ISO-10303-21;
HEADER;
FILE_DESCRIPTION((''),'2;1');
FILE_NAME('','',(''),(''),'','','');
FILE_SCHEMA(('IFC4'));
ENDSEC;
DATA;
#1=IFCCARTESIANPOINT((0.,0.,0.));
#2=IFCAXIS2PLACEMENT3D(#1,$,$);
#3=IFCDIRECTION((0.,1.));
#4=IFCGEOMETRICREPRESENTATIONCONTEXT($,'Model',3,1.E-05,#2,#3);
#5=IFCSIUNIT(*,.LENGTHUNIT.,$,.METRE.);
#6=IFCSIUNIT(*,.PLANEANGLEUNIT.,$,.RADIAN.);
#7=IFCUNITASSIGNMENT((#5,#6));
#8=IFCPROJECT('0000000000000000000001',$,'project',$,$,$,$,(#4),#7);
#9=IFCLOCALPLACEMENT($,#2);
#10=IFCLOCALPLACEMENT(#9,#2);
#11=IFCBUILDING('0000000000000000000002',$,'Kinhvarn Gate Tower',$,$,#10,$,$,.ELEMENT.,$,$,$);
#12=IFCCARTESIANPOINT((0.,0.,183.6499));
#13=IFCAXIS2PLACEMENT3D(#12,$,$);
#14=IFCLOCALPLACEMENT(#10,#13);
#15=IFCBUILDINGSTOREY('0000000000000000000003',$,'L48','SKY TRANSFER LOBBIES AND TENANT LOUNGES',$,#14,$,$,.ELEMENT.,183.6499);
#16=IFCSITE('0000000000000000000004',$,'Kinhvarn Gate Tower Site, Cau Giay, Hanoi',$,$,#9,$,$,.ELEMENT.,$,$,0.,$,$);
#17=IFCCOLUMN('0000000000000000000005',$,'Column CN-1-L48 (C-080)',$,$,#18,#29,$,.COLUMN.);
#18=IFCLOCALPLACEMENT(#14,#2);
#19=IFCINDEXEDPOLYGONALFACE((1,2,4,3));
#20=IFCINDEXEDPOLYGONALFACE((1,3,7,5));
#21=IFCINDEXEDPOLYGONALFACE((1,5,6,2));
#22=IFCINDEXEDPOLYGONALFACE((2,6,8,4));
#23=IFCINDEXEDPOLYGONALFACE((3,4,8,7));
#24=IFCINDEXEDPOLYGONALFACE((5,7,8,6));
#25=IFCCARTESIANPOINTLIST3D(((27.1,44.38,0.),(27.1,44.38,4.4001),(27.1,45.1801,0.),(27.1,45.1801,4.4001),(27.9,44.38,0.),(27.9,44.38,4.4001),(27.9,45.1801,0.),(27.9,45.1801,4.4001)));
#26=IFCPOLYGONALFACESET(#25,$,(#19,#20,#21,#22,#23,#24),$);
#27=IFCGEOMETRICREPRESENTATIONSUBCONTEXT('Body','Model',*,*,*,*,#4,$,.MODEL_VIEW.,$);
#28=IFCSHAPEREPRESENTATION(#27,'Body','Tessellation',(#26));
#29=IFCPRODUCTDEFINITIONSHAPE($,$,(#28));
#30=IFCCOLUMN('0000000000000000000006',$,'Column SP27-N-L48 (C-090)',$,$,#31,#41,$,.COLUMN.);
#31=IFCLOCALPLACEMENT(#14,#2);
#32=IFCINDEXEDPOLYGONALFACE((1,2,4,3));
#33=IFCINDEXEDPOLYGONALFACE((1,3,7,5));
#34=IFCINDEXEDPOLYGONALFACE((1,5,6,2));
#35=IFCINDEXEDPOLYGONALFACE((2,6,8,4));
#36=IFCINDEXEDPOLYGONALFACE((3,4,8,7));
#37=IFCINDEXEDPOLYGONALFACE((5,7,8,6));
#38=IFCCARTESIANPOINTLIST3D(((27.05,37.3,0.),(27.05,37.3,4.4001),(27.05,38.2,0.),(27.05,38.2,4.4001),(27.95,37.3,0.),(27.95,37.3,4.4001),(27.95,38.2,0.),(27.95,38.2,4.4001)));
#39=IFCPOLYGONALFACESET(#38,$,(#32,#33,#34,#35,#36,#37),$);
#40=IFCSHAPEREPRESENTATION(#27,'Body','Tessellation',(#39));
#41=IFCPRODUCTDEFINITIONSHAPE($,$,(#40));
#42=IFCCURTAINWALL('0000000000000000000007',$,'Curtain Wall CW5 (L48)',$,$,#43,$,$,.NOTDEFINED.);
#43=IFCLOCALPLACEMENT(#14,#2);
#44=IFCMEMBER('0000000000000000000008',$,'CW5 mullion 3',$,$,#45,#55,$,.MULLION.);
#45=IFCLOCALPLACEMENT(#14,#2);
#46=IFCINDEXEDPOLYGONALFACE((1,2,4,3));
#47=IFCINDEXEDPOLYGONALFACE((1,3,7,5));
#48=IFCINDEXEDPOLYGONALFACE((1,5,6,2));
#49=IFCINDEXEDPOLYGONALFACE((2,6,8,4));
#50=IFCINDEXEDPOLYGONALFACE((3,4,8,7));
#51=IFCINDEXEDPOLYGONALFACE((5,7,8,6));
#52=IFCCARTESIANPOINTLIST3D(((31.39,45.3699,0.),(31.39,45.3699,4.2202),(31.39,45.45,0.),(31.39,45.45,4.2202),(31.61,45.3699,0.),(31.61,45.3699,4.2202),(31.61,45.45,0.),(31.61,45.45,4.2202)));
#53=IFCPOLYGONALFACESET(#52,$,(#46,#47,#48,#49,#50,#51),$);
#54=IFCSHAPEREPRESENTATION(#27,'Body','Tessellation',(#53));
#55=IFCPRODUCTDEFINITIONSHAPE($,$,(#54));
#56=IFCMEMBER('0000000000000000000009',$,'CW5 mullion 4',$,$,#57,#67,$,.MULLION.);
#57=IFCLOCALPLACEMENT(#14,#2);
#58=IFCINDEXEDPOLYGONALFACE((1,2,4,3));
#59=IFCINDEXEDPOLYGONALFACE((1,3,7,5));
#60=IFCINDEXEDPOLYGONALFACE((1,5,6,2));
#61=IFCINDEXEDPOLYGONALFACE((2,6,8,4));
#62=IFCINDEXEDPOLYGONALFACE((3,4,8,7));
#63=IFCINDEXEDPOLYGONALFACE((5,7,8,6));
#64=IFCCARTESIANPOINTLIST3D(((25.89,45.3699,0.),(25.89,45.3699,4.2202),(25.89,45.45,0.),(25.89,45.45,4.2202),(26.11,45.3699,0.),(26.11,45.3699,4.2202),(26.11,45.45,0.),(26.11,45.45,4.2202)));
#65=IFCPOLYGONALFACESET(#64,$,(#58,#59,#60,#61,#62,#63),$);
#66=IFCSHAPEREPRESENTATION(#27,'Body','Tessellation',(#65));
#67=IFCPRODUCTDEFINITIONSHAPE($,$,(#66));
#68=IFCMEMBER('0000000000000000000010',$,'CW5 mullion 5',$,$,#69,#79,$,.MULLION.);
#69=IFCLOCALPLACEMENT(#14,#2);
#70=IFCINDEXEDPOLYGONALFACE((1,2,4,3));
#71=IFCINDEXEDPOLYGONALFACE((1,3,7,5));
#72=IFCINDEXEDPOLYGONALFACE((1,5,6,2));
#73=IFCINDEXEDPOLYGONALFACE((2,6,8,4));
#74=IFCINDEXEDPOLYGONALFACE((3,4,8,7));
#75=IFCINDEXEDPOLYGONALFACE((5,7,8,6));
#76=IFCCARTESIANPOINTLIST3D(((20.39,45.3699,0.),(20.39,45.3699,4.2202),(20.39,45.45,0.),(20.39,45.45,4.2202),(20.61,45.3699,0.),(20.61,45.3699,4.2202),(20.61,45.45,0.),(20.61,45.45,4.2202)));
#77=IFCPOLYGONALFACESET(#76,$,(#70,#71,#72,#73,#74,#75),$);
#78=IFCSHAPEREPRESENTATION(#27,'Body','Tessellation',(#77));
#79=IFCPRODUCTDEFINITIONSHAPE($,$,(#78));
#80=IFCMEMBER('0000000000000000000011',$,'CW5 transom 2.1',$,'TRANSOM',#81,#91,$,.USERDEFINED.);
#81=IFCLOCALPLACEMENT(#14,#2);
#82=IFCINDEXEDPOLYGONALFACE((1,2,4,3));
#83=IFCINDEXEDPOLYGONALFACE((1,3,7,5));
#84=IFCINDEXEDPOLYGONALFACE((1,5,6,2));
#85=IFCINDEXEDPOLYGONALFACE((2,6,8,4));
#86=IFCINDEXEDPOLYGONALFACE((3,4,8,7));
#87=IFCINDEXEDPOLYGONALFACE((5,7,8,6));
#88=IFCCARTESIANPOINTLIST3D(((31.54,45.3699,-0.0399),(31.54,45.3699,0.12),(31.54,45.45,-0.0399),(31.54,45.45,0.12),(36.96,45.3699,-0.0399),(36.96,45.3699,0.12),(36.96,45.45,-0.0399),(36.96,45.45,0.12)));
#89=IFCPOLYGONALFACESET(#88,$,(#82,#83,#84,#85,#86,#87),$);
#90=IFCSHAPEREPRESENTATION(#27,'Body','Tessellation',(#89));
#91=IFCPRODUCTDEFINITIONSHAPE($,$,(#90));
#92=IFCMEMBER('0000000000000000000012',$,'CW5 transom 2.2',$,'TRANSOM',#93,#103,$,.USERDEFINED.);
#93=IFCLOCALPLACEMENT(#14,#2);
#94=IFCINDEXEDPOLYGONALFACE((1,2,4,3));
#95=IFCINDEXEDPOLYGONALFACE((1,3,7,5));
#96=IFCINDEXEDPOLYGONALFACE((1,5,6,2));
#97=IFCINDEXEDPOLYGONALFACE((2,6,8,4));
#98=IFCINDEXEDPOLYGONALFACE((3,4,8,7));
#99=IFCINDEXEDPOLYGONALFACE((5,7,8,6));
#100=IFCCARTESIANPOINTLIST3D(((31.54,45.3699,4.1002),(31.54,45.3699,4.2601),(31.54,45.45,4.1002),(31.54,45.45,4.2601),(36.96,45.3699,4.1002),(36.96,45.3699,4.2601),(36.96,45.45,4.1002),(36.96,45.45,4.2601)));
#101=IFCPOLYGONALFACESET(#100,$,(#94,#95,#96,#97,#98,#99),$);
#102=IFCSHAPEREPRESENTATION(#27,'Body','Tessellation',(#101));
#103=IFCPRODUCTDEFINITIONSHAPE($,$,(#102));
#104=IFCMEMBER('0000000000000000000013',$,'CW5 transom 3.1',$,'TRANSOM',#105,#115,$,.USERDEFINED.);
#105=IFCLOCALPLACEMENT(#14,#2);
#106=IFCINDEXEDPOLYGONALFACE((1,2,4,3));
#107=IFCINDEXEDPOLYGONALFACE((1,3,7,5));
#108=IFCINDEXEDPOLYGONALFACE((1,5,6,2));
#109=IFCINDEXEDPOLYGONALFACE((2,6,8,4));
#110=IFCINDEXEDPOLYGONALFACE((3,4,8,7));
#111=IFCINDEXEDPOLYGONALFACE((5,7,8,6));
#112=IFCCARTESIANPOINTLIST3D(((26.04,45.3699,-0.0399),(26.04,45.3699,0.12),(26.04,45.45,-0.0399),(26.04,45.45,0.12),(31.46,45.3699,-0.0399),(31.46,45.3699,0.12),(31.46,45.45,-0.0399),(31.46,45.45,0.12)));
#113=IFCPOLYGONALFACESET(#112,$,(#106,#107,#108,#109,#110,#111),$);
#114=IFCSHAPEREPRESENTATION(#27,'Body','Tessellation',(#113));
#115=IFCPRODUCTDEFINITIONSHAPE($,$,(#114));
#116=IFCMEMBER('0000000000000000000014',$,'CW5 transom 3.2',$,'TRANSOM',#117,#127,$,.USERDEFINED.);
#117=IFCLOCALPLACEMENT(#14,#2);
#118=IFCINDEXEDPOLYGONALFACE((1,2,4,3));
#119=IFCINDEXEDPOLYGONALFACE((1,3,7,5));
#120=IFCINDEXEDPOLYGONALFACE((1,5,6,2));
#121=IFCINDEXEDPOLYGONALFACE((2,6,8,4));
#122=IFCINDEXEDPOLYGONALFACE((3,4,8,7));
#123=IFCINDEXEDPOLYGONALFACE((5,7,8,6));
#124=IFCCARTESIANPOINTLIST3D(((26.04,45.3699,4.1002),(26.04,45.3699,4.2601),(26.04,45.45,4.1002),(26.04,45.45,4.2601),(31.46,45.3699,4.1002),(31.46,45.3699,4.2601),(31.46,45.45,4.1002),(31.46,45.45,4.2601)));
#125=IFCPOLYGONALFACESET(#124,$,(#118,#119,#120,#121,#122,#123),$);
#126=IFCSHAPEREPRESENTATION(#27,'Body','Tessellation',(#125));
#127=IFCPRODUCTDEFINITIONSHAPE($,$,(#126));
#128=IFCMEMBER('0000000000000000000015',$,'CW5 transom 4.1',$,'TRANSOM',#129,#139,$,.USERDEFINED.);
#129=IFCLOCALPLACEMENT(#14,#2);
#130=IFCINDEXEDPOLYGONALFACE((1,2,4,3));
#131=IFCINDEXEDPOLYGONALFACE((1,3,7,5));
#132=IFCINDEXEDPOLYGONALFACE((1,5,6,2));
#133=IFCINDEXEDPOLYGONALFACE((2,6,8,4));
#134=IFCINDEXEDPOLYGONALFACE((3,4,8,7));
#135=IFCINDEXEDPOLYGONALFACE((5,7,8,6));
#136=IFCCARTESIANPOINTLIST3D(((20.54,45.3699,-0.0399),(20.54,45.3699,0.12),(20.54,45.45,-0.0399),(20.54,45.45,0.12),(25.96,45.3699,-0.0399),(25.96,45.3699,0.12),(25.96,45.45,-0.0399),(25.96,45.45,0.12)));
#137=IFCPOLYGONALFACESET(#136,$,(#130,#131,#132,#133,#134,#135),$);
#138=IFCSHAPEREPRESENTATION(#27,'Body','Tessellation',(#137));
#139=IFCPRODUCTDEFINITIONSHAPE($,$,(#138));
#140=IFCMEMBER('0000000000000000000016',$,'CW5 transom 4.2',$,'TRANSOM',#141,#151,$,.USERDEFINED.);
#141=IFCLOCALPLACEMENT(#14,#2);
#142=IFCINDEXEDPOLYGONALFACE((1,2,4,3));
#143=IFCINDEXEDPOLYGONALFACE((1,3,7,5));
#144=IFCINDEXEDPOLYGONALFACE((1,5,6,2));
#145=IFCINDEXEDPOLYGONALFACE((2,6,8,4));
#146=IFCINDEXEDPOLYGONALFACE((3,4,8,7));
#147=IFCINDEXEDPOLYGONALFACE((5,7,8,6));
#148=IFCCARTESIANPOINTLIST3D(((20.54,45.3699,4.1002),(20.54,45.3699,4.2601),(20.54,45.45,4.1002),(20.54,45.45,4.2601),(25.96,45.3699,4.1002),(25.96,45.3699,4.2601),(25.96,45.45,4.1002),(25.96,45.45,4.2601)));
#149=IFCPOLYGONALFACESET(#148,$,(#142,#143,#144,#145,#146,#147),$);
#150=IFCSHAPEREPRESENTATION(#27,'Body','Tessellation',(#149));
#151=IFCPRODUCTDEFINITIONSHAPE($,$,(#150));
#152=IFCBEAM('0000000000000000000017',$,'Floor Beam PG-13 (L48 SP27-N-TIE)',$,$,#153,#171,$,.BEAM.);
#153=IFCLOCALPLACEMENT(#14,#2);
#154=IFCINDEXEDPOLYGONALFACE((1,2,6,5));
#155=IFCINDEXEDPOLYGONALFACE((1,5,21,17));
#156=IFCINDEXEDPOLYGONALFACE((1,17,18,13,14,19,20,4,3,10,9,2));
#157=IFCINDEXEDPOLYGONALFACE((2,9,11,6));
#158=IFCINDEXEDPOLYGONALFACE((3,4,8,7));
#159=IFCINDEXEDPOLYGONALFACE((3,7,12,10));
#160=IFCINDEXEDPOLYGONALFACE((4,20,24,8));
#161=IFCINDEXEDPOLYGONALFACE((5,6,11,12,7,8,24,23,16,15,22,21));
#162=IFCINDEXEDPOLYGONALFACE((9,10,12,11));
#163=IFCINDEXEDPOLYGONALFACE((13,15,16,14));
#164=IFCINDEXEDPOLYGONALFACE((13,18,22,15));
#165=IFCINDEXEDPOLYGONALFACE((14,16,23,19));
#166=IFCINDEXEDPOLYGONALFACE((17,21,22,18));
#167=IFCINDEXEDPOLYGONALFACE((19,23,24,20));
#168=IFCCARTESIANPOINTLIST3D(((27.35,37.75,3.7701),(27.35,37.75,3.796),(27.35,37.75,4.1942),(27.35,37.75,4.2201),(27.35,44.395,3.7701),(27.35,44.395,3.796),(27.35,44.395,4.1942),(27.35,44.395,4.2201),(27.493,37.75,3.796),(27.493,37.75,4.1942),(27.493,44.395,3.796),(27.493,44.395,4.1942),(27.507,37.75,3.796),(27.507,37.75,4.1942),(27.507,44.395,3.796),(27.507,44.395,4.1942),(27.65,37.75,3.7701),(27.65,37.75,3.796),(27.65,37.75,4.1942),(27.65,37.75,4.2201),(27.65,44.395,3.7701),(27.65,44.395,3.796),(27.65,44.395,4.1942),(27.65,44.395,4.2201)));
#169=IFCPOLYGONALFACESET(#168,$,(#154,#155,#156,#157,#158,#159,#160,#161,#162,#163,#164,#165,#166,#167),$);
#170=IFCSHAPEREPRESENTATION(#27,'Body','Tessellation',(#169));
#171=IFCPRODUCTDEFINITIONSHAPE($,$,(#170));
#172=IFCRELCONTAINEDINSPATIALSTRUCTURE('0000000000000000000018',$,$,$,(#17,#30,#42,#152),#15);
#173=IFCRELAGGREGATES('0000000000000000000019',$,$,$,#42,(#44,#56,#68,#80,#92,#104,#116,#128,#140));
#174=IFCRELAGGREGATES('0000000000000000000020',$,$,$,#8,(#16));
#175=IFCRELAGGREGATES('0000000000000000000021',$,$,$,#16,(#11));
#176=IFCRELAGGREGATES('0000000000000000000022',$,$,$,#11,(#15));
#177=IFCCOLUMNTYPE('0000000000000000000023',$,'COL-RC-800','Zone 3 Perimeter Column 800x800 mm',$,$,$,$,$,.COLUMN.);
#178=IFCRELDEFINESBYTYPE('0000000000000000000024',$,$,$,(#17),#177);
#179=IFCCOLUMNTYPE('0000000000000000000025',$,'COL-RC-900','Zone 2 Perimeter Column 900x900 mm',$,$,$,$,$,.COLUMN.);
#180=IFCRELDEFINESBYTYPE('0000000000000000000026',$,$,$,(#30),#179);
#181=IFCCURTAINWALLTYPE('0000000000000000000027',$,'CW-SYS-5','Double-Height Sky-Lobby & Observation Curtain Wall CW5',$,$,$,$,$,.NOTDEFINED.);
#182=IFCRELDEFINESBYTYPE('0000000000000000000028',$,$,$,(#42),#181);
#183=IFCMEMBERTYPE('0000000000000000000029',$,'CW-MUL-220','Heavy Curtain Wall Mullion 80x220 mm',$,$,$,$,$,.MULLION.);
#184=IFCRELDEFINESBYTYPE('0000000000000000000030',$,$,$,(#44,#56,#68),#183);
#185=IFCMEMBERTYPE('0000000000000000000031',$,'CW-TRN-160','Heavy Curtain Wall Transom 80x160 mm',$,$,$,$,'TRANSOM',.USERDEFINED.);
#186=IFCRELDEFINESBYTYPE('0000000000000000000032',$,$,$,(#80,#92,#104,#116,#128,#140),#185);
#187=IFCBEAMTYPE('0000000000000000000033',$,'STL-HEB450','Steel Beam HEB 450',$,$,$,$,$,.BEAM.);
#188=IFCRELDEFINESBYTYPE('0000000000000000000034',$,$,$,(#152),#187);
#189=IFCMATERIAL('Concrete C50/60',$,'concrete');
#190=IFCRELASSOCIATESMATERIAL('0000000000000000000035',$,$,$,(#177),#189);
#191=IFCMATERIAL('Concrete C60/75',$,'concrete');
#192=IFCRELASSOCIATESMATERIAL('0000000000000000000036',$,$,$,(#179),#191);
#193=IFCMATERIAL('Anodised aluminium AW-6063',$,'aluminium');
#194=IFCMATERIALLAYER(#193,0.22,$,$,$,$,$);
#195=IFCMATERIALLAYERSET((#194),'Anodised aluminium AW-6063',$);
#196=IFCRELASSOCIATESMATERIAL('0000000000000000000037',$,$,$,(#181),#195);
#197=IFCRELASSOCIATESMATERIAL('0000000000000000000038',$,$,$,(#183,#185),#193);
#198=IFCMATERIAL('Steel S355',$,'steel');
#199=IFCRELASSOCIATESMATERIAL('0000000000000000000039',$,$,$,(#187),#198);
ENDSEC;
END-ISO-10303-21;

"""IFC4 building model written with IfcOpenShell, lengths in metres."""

from ifc_helpers import new_model, si_unit, direction, frame, origin, origin_2d, place, context, subcontext, project, spatial, rectangle, i_section, extrude, material, layer, layer_set, material_profile, profile_set, type_object, element, aggregate, save


model = new_model("IFC4")

# Units and contexts
model_context = context("Model", 3, precision=1e-05, world=origin(), true_north=direction((0.0, 1.0)))
body_context = subcontext(model_context, "Body", "Model", "MODEL_VIEW")
ifc_project = project(units=[si_unit("LENGTHUNIT", "METRE"), si_unit("PLANEANGLEUNIT", "RADIAN")], contexts=[model_context])

# Site, building, storey
site_placement = place(None, origin())
site = spatial("IfcSite", under=ifc_project, at=site_placement, Name="Kinhvarn Gate Tower Site, Cau Giay, Hanoi", CompositionType="ELEMENT", RefElevation=0.0)
building_placement = place(site_placement, origin())
building = spatial("IfcBuilding", under=site, at=building_placement, Name="Kinhvarn Gate Tower", CompositionType="ELEMENT")
storey_placement = place(building_placement, frame((0.0, 0.0, 183.6499)))
storey = spatial("IfcBuildingStorey", under=building, at=storey_placement, Name="L48", Description="SKY TRANSFER LOBBIES AND TENANT LOUNGES", CompositionType="ELEMENT", Elevation=183.6499)

# Columns
ifc_material_1 = material(Name="Concrete C50/60", Category="concrete")
ifc_material_profile_1 = material_profile(ifc_material_1, rectangle(XDim=0.8, YDim=0.8, at=origin_2d()), Name="RC 800x800")
ifc_profile_set_1 = profile_set([ifc_material_profile_1], Name="Concrete C50/60")
column_type_1 = type_object("IfcColumnType", Name="COL-RC-800", Description="Zone 3 Perimeter Column 800x800 mm", PredefinedType="COLUMN", material=ifc_profile_set_1)
column_1_placement = place(storey_placement, frame((27.5, 44.78, 0.0), z_axis=(0.0, 0.0, 1.0), x_axis=(1.0, 0.0, 0.0)))
element("IfcColumn", 1, at=column_1_placement, inside=storey, type_object=column_type_1, Name="Column CN-1-L48 (C-080)", PredefinedType="COLUMN", context=body_context, shape_type="SweptSolid", body=[
    extrude(rectangle(XDim=0.8, YDim=0.8, at=origin_2d()), origin(), (0.0, 0.0, 1.0), 4.4001),
])
ifc_material_2 = material(Name="Concrete C60/75", Category="concrete")
ifc_material_profile_2 = material_profile(ifc_material_2, rectangle(XDim=0.8999, YDim=0.8999, at=origin_2d()), Name="RC 900x900")
ifc_profile_set_2 = profile_set([ifc_material_profile_2], Name="Concrete C60/75")
column_type_2 = type_object("IfcColumnType", Name="COL-RC-900", Description="Zone 2 Perimeter Column 900x900 mm", PredefinedType="COLUMN", material=ifc_profile_set_2)
column_2_placement = place(storey_placement, frame((27.5, 37.75, 0.0), z_axis=(0.0, 0.0, 1.0), x_axis=(1.0, 0.0, 0.0)))
element("IfcColumn", 2, at=column_2_placement, inside=storey, type_object=column_type_2, Name="Column SP27-N-L48 (C-090)", PredefinedType="COLUMN", context=body_context, shape_type="SweptSolid", body=[
    extrude(rectangle(XDim=0.8999, YDim=0.8999, at=origin_2d()), origin(), (0.0, 0.0, 1.0), 4.4001),
])

# Curtain wall, members
ifc_material_3 = material(Name="Anodised aluminium AW-6063", Category="aluminium")
ifc_layer_1 = layer(ifc_material_3, 0.22)
ifc_layer_set_1 = layer_set([ifc_layer_1], Name="Anodised aluminium AW-6063")
curtain_wall_type = type_object("IfcCurtainWallType", Name="CW-SYS-5", Description="Double-Height Sky-Lobby & Observation Curtain Wall CW5", PredefinedType="NOTDEFINED", material=ifc_layer_set_1)
curtain_wall_placement = place(storey_placement, origin())
curtain_wall = element("IfcCurtainWall", 3, at=curtain_wall_placement, inside=storey, type_object=curtain_wall_type, Name="Curtain Wall CW5 (L48)", PredefinedType="NOTDEFINED")
ifc_material_profile_3 = material_profile(ifc_material_3, rectangle(XDim=0.0801, YDim=0.22, at=origin_2d()), Name="ALU 80x220")
ifc_profile_set_3 = profile_set([ifc_material_profile_3], Name="Anodised aluminium AW-6063")
member_type_1 = type_object("IfcMemberType", Name="CW-MUL-220", Description="Heavy Curtain Wall Mullion 80x220 mm", PredefinedType="MULLION", material=ifc_profile_set_3)
member_1_placement = place(storey_placement, frame((31.5, 45.4099, 0.0), z_axis=(0.0, 0.0, 1.0), x_axis=(0.0, -1.0, 0.0)))
member_1 = element("IfcMember", 4, at=member_1_placement, type_object=member_type_1, Name="CW5 mullion 3", PredefinedType="MULLION", context=body_context, shape_type="SweptSolid", body=[
    extrude(rectangle(XDim=0.0801, YDim=0.22, at=origin_2d()), origin(), (0.0, 0.0, 1.0), 4.2202),
])
member_2_placement = place(storey_placement, frame((26.0, 45.4099, 0.0), z_axis=(0.0, 0.0, 1.0), x_axis=(0.0, -1.0, 0.0)))
member_2 = element("IfcMember", 5, at=member_2_placement, type_object=member_type_1, Name="CW5 mullion 4", PredefinedType="MULLION", context=body_context, shape_type="SweptSolid", body=[
    extrude(rectangle(XDim=0.0801, YDim=0.22, at=origin_2d()), origin(), (0.0, 0.0, 1.0), 4.2202),
])
member_3_placement = place(storey_placement, frame((20.5, 45.4099, 0.0), z_axis=(0.0, 0.0, 1.0), x_axis=(0.0, -1.0, 0.0)))
member_3 = element("IfcMember", 6, at=member_3_placement, type_object=member_type_1, Name="CW5 mullion 5", PredefinedType="MULLION", context=body_context, shape_type="SweptSolid", body=[
    extrude(rectangle(XDim=0.0801, YDim=0.22, at=origin_2d()), origin(), (0.0, 0.0, 1.0), 4.2202),
])
ifc_material_profile_4 = material_profile(ifc_material_3, rectangle(XDim=0.0801, YDim=0.1599, at=origin_2d()), Name="ALU 80x160")
ifc_profile_set_4 = profile_set([ifc_material_profile_4], Name="Anodised aluminium AW-6063")
member_type_2 = type_object("IfcMemberType", Name="CW-TRN-160", Description="Heavy Curtain Wall Transom 80x160 mm", ElementType="TRANSOM", PredefinedType="USERDEFINED", material=ifc_profile_set_4)
member_4_placement = place(storey_placement, frame((36.96, 45.4099, 0.04), z_axis=(-1.0, 0.0, 0.0), x_axis=(0.0, -1.0, 0.0)))
member_4 = element("IfcMember", 7, at=member_4_placement, type_object=member_type_2, Name="CW5 transom 2.1", ObjectType="TRANSOM", PredefinedType="USERDEFINED", context=body_context, shape_type="SweptSolid", body=[
    extrude(rectangle(XDim=0.0801, YDim=0.1599, at=origin_2d()), origin(), (0.0, 0.0, 1.0), 5.4199),
])
member_5_placement = place(storey_placement, frame((36.96, 45.4099, 4.1802), z_axis=(-1.0, 0.0, 0.0), x_axis=(0.0, -1.0, 0.0)))
member_5 = element("IfcMember", 8, at=member_5_placement, type_object=member_type_2, Name="CW5 transom 2.2", ObjectType="TRANSOM", PredefinedType="USERDEFINED", context=body_context, shape_type="SweptSolid", body=[
    extrude(rectangle(XDim=0.0801, YDim=0.1599, at=origin_2d()), origin(), (0.0, 0.0, 1.0), 5.4199),
])
member_6_placement = place(storey_placement, frame((31.46, 45.4099, 0.04), z_axis=(-1.0, 0.0, 0.0), x_axis=(0.0, -1.0, 0.0)))
member_6 = element("IfcMember", 9, at=member_6_placement, type_object=member_type_2, Name="CW5 transom 3.1", ObjectType="TRANSOM", PredefinedType="USERDEFINED", context=body_context, shape_type="SweptSolid", body=[
    extrude(rectangle(XDim=0.0801, YDim=0.1599, at=origin_2d()), origin(), (0.0, 0.0, 1.0), 5.4199),
])
member_7_placement = place(storey_placement, frame((31.46, 45.4099, 4.1802), z_axis=(-1.0, 0.0, 0.0), x_axis=(0.0, -1.0, 0.0)))
member_7 = element("IfcMember", 10, at=member_7_placement, type_object=member_type_2, Name="CW5 transom 3.2", ObjectType="TRANSOM", PredefinedType="USERDEFINED", context=body_context, shape_type="SweptSolid", body=[
    extrude(rectangle(XDim=0.0801, YDim=0.1599, at=origin_2d()), origin(), (0.0, 0.0, 1.0), 5.4199),
])
member_8_placement = place(storey_placement, frame((25.96, 45.4099, 0.04), z_axis=(-1.0, 0.0, 0.0), x_axis=(0.0, -1.0, 0.0)))
member_8 = element("IfcMember", 11, at=member_8_placement, type_object=member_type_2, Name="CW5 transom 4.1", ObjectType="TRANSOM", PredefinedType="USERDEFINED", context=body_context, shape_type="SweptSolid", body=[
    extrude(rectangle(XDim=0.0801, YDim=0.1599, at=origin_2d()), origin(), (0.0, 0.0, 1.0), 5.4199),
])
member_9_placement = place(storey_placement, frame((25.96, 45.4099, 4.1802), z_axis=(-1.0, 0.0, 0.0), x_axis=(0.0, -1.0, 0.0)))
member_9 = element("IfcMember", 12, at=member_9_placement, type_object=member_type_2, Name="CW5 transom 4.2", ObjectType="TRANSOM", PredefinedType="USERDEFINED", context=body_context, shape_type="SweptSolid", body=[
    extrude(rectangle(XDim=0.0801, YDim=0.1599, at=origin_2d()), origin(), (0.0, 0.0, 1.0), 5.4199),
])

# Beam
ifc_material_4 = material(Name="Steel S355", Category="steel")
ifc_material_profile_5 = material_profile(ifc_material_4, i_section(OverallWidth=0.3, OverallDepth=0.45, WebThickness=0.0139, FlangeThickness=0.0259, at=origin_2d()), Name="HEB 450")
ifc_profile_set_5 = profile_set([ifc_material_profile_5], Name="Steel S355")
beam_type_1 = type_object("IfcBeamType", Name="STL-HEB450", Description="Steel Beam HEB 450", PredefinedType="BEAM", material=ifc_profile_set_5)
beam_1_placement = place(storey_placement, frame((27.5, 37.75, 3.9951), z_axis=(0.0, 1.0, 0.0), x_axis=(-1.0, 0.0, 0.0)))
element("IfcBeam", 13, at=beam_1_placement, inside=storey, type_object=beam_type_1, Name="Floor Beam PG-13 (L48 SP27-N-TIE)", PredefinedType="BEAM", context=body_context, shape_type="SweptSolid", body=[
    extrude(i_section(OverallWidth=0.3, OverallDepth=0.45, WebThickness=0.0139, FlangeThickness=0.0259, at=origin_2d()), origin(), (0.0, 0.0, 1.0), 6.645),
])

aggregate(curtain_wall, [member_1, member_2, member_3, member_4, member_5, member_6, member_7, member_8, member_9])

save(model, "model.ifc")
